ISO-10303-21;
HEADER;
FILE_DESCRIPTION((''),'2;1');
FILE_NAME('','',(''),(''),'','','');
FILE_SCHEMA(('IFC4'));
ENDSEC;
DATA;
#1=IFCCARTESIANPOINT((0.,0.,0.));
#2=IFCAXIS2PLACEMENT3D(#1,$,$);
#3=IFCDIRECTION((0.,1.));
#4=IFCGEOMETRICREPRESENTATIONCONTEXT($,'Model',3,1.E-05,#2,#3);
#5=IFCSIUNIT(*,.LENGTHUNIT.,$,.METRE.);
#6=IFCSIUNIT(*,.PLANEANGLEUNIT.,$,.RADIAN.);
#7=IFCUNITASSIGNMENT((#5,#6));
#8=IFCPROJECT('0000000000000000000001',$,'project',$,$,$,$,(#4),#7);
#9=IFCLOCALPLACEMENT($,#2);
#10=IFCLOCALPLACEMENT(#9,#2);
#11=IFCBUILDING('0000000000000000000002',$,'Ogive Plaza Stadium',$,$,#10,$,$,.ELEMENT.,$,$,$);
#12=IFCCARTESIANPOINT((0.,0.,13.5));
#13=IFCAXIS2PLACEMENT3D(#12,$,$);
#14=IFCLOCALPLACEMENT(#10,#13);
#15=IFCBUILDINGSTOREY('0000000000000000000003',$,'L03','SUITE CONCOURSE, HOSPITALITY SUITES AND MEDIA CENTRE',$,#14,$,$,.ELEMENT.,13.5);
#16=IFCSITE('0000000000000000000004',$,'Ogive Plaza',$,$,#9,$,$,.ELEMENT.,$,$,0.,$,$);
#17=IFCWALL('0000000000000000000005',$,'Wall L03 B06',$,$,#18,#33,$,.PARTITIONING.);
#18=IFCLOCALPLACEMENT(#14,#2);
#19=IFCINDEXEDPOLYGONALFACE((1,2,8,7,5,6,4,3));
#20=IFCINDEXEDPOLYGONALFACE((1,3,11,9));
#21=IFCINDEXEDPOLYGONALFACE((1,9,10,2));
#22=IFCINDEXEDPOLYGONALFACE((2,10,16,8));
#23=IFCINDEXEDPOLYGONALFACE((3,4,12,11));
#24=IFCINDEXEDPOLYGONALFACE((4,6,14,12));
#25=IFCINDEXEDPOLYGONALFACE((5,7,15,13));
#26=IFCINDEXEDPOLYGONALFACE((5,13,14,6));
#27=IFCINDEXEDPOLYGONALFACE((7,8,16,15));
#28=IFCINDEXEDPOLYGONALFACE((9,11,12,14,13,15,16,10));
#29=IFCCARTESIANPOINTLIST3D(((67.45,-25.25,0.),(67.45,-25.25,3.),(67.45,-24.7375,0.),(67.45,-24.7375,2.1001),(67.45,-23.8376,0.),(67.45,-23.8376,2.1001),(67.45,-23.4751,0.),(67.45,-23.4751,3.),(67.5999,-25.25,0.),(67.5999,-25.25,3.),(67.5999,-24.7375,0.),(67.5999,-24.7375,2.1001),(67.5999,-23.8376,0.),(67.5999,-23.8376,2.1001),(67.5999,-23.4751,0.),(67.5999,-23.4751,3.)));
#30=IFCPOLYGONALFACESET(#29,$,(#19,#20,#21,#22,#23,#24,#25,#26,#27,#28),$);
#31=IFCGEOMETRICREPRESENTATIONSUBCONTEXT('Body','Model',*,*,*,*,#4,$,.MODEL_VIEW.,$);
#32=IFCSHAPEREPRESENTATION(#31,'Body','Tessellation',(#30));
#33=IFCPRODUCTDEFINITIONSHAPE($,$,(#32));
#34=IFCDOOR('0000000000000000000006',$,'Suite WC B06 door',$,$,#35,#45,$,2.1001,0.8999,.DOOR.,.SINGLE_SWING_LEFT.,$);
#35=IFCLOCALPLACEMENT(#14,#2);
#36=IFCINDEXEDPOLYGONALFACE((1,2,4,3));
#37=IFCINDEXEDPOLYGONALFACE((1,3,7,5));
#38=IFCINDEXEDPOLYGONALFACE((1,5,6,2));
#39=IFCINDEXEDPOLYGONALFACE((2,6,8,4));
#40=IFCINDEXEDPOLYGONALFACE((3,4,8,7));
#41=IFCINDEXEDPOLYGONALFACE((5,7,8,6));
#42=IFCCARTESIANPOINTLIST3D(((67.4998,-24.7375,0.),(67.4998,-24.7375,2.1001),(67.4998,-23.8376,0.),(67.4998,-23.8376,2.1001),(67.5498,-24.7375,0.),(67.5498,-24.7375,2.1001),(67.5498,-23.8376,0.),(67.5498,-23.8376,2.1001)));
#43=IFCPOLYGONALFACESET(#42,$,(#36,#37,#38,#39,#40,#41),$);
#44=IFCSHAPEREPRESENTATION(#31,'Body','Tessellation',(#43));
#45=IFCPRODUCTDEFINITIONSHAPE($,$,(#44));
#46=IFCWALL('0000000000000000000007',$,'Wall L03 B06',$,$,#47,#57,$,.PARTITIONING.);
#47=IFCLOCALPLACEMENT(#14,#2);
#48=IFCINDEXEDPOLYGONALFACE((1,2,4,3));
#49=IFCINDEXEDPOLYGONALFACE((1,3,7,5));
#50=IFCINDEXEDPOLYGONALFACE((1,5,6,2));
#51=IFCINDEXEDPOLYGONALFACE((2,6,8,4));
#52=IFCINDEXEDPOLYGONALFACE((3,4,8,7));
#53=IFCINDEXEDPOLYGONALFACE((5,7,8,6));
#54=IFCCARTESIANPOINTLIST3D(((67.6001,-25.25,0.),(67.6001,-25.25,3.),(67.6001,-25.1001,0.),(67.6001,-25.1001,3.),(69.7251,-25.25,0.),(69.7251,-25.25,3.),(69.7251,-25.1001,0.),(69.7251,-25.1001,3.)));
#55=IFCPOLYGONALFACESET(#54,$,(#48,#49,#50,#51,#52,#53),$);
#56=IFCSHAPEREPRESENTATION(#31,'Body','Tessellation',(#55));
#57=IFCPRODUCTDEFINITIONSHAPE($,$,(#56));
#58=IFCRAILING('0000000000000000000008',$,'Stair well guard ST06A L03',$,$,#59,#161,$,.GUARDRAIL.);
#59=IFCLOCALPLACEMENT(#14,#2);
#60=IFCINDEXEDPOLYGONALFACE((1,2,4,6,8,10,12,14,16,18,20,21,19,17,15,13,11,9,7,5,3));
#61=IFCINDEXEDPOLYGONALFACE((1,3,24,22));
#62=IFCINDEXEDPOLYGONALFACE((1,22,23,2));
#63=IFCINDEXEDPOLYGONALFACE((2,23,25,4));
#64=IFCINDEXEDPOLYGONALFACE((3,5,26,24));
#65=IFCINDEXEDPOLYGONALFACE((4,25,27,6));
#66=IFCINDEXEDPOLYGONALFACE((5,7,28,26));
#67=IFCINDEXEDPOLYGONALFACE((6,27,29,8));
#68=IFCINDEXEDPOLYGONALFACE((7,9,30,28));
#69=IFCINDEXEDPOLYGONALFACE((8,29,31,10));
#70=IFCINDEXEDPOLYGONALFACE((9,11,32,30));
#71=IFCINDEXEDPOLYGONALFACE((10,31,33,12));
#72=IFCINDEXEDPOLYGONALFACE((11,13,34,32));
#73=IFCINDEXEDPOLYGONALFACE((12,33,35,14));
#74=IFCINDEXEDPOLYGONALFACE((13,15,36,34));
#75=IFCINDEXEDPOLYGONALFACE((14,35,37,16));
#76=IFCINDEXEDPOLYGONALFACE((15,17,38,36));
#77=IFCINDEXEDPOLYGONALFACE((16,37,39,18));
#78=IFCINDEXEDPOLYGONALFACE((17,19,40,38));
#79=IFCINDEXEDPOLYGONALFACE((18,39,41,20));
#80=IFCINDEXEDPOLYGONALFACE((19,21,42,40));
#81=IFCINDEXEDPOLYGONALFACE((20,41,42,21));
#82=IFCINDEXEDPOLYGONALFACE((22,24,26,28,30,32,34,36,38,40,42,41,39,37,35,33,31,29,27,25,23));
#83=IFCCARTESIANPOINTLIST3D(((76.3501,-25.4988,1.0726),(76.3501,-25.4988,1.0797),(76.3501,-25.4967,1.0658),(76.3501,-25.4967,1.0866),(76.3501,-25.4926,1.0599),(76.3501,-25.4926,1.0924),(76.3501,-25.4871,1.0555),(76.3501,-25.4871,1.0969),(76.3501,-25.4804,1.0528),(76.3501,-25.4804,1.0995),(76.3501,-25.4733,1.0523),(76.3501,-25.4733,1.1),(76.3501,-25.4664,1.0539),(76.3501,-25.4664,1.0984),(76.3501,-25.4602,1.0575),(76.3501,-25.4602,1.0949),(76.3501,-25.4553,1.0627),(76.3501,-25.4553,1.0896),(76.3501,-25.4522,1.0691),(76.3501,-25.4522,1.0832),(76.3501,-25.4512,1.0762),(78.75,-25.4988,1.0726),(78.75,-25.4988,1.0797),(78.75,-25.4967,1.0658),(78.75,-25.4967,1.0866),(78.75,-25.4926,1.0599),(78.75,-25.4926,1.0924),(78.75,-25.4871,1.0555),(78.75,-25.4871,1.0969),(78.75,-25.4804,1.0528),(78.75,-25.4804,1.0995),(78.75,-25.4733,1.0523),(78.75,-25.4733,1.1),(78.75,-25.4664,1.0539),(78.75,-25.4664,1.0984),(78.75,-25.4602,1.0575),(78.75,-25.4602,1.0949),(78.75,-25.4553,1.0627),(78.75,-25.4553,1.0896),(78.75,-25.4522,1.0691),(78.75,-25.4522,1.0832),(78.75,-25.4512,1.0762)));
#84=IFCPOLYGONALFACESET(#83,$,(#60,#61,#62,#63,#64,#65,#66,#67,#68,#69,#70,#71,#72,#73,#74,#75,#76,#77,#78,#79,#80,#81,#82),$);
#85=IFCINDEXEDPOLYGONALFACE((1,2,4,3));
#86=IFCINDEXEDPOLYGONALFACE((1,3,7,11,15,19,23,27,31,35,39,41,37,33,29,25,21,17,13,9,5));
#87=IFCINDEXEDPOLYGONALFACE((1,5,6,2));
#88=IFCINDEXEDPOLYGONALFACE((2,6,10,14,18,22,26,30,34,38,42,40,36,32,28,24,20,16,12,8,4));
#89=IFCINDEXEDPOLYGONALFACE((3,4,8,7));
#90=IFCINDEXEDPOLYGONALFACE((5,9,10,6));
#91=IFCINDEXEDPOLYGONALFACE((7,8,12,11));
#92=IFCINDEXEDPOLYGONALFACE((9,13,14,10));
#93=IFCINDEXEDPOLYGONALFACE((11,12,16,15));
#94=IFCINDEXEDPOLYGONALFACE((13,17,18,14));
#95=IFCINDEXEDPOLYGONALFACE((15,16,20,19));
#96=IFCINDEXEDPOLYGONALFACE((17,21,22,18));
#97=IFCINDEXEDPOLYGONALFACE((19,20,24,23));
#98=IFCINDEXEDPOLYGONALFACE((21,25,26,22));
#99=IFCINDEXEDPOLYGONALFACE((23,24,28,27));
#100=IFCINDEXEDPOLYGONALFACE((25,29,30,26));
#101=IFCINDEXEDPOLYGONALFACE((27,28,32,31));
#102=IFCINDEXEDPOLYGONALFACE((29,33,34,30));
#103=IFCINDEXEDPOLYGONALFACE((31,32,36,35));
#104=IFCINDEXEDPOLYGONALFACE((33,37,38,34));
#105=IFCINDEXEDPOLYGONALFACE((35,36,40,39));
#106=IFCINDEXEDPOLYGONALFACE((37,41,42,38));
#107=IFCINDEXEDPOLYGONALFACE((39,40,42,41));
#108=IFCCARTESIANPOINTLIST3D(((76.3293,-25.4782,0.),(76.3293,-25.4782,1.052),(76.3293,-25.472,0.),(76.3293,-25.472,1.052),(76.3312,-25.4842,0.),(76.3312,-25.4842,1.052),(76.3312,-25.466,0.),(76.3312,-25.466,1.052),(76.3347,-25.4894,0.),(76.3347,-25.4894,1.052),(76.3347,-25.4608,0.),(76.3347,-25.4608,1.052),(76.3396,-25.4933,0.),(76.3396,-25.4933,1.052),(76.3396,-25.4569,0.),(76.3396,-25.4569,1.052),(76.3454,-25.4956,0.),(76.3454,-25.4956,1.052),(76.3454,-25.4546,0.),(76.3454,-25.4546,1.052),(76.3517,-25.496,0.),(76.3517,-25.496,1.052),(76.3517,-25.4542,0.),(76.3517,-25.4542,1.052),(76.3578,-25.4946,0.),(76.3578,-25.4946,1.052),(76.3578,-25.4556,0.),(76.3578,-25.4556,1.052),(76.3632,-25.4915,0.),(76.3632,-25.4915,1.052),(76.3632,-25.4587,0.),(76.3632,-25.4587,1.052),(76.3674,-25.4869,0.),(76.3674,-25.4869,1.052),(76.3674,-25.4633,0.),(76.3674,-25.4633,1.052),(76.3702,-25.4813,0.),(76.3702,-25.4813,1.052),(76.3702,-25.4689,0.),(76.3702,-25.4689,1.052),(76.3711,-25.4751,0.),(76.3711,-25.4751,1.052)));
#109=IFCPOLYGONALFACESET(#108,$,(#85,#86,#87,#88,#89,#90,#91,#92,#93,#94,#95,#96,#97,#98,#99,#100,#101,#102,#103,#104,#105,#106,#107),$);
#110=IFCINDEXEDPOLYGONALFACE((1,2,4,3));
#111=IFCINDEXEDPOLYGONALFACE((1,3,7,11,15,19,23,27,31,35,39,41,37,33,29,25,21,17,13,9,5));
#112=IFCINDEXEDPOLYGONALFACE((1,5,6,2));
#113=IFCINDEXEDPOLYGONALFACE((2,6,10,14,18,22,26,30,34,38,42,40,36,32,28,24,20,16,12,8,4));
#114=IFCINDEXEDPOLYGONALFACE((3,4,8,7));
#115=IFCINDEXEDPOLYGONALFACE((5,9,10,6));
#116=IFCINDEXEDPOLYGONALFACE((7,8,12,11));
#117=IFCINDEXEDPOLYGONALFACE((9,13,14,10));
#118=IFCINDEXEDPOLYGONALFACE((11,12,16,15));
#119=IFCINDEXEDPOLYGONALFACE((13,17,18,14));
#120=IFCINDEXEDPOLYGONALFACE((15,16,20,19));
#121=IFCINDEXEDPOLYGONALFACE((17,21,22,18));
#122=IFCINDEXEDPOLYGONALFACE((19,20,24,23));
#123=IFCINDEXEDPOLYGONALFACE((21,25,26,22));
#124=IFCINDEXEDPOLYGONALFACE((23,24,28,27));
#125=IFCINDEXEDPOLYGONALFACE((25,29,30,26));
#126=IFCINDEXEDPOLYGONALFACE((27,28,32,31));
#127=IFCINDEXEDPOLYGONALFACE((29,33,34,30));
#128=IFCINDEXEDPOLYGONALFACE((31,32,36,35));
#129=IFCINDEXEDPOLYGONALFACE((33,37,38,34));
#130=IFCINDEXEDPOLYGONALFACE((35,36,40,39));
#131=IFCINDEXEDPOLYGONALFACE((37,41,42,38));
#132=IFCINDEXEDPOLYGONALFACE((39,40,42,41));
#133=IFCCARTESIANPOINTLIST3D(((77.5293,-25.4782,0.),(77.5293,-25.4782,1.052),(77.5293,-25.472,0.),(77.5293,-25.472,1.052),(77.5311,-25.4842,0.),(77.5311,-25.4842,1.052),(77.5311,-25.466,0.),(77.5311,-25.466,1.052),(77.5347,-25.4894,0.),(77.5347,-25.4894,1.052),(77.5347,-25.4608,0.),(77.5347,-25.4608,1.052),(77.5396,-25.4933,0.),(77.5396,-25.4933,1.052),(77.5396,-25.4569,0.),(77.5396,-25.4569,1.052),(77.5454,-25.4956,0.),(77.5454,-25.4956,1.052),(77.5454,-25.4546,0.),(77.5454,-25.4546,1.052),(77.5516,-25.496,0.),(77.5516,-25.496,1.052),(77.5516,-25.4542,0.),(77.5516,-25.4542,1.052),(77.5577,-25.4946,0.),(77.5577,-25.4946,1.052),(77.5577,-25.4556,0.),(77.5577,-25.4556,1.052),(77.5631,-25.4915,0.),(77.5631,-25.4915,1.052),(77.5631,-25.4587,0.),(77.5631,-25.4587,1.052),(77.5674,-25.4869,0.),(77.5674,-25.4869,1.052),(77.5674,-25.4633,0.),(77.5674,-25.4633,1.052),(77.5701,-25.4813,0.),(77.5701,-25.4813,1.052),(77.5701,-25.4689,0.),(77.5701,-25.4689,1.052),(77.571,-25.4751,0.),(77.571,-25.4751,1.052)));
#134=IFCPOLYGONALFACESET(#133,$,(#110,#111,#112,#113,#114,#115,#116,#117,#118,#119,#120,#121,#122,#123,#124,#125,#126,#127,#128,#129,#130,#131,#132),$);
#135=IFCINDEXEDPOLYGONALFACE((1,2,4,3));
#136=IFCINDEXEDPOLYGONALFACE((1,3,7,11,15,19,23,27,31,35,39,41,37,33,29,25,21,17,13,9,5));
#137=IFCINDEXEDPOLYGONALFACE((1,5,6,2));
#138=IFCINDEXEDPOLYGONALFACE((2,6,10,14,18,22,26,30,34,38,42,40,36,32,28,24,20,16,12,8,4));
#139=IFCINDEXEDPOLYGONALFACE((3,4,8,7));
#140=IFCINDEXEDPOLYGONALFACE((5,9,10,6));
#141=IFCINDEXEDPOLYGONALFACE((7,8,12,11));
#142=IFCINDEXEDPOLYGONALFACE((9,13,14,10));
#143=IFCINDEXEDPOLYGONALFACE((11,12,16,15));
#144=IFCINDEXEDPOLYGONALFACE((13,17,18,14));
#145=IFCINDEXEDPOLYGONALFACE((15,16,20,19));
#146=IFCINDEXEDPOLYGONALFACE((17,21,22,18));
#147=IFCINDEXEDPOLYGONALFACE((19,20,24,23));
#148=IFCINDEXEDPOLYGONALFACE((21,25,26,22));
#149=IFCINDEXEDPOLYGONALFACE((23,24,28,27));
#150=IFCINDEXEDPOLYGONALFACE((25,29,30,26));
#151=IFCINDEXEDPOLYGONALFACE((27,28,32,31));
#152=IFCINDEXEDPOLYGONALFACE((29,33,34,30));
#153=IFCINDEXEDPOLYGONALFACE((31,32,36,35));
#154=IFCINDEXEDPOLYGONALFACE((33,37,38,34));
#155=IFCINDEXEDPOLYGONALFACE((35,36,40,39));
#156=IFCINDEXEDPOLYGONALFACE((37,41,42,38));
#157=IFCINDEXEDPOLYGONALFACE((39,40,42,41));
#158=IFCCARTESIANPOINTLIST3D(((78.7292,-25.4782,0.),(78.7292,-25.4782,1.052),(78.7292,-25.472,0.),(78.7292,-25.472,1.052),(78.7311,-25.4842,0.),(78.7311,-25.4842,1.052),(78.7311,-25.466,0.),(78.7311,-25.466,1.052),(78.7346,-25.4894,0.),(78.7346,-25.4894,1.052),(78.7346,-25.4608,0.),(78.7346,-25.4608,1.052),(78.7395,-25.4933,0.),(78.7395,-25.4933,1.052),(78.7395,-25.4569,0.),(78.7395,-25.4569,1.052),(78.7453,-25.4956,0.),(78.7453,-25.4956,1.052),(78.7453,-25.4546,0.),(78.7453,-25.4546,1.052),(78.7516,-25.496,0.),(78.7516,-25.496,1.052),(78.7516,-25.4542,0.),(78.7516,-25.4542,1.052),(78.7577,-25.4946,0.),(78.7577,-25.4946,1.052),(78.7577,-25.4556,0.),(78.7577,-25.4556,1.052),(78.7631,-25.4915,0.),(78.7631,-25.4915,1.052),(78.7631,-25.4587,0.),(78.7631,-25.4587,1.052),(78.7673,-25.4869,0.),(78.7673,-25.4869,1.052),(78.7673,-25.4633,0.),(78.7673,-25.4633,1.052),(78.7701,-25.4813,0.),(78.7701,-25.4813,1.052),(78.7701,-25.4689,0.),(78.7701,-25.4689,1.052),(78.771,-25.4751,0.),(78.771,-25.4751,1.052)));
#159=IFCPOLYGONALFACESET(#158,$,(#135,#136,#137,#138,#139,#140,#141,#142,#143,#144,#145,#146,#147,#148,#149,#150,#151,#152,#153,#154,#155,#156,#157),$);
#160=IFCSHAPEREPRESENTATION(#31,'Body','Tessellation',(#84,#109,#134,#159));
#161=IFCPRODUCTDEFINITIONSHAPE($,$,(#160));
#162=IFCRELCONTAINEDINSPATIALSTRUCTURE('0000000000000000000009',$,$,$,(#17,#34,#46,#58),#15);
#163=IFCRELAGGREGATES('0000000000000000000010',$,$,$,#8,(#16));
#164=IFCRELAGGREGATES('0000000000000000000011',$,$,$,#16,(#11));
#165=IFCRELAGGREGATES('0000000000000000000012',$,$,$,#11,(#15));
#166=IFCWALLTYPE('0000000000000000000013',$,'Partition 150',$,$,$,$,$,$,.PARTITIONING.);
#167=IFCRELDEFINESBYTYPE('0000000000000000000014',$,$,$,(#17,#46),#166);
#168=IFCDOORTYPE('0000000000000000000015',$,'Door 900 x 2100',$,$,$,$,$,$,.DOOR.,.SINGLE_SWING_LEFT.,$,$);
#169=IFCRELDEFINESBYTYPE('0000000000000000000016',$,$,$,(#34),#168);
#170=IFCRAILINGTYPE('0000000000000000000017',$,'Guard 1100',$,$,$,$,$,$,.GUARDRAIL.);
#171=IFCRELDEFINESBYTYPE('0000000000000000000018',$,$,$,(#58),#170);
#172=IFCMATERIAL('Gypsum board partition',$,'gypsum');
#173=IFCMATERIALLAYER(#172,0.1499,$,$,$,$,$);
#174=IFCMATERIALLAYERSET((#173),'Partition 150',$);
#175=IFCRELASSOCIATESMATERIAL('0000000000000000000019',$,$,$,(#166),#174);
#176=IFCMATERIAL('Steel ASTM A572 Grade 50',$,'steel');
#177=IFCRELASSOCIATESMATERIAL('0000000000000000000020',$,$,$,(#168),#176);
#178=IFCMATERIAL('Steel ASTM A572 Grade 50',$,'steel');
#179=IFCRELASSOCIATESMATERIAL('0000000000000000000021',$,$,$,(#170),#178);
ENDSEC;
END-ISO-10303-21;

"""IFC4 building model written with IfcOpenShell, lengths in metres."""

from ifc_helpers import new_model, si_unit, direction, frame, frame_2d, origin, origin_2d, place, context, subcontext, project, spatial, rectangle, circle, extrude, material, layer, layer_set, type_object, element, fill, save


model = new_model("IFC4")

# Units and contexts
model_context = context("Model", 3, precision=1e-05, world=origin(), true_north=direction((0.0, 1.0)))
body_context = subcontext(model_context, "Body", "Model", "MODEL_VIEW")
ifc_project = project(units=[si_unit("LENGTHUNIT", "METRE"), si_unit("PLANEANGLEUNIT", "RADIAN")], contexts=[model_context])

# Site, building, storey
site_placement = place(None, origin())
site = spatial("IfcSite", under=ifc_project, at=site_placement, Name="Ogive Plaza", CompositionType="ELEMENT", RefElevation=0.0)
building_placement = place(site_placement, origin())
building = spatial("IfcBuilding", under=site, at=building_placement, Name="Ogive Plaza Stadium", CompositionType="ELEMENT")
storey_placement = place(building_placement, frame((0.0, 0.0, 13.5)))
storey = spatial("IfcBuildingStorey", under=building, at=storey_placement, Name="L03", Description="SUITE CONCOURSE, HOSPITALITY SUITES AND MEDIA CENTRE", CompositionType="ELEMENT", Elevation=13.5)

# Wall, opening, door
ifc_material_1 = material(Name="Gypsum board partition", Category="gypsum")
ifc_layer_1 = layer(ifc_material_1, 0.1499)
ifc_layer_set_1 = layer_set([ifc_layer_1], Name="Partition 150")
wall_type_1 = type_object("IfcWallType", Name="Partition 150", PredefinedType="PARTITIONING", material=ifc_layer_set_1)
wall_1_placement = place(storey_placement, frame((67.5249, -23.4751, 0.0), z_axis=(0.0, 0.0, 1.0), x_axis=(0.0, -1.0, 0.0)))
wall_1 = element("IfcWall", 1, at=wall_1_placement, inside=storey, type_object=wall_type_1, Name="Wall L03 B06", PredefinedType="PARTITIONING", context=body_context, shape_type="SweptSolid", body=[
    extrude(rectangle(XDim=1.7749, YDim=0.1499, at=frame_2d((0.8875, 0.0))), origin(), (0.0, 0.0, 1.0), 3.0),
])
opening_1_placement = place(wall_1_placement, frame((0.3625, 0.0, 0.0)))
opening_1 = element("IfcOpeningElement", 2, at=opening_1_placement, cuts=wall_1, PredefinedType="OPENING", context=body_context, shape_type="SweptSolid", body=[
    extrude(rectangle(XDim=0.8999, YDim=2.1001, at=frame_2d((0.45, 1.05))), frame((0.0, 0.075, 0.0), z_axis=(0.0, -1.0, 0.0), x_axis=(1.0, 0.0, 0.0)), (0.0, 0.0, 1.0), 0.1499),
])
ifc_material_2 = material(Name="Steel ASTM A572 Grade 50", Category="steel")
door_type_1 = type_object("IfcDoorType", Name="Door 900 x 2100", OperationType="SINGLE_SWING_LEFT", PredefinedType="DOOR", material=ifc_material_2)
door_1_placement = place(opening_1_placement, origin())
door_1 = element("IfcDoor", 3, at=door_1_placement, inside=storey, type_object=door_type_1, Name="Suite WC B06 door", OperationType="SINGLE_SWING_LEFT", OverallHeight=2.1001, OverallWidth=0.8999, PredefinedType="DOOR", context=body_context, shape_type="SweptSolid", body=[
    extrude(rectangle(XDim=0.8999, YDim=2.1001, at=frame_2d((0.45, 1.05))), frame((0.0, 0.0249, 0.0), z_axis=(0.0, -1.0, 0.0), x_axis=(1.0, 0.0, 0.0)), (0.0, 0.0, 1.0), 0.05),
])
fill(opening_1, door_1)

# Wall
wall_2_placement = place(storey_placement, frame((67.6001, -25.175, 0.0), z_axis=(0.0, 0.0, 1.0), x_axis=(1.0, 0.0, 0.0)))
element("IfcWall", 4, at=wall_2_placement, inside=storey, type_object=wall_type_1, Name="Wall L03 B06", PredefinedType="PARTITIONING", context=body_context, shape_type="SweptSolid", body=[
    extrude(rectangle(XDim=2.125, YDim=0.1499, at=frame_2d((1.0625, 0.0))), origin(), (0.0, 0.0, 1.0), 3.0),
])

# Railing
ifc_material_3 = material(Name="Steel ASTM A572 Grade 50", Category="steel")
railing_type_1 = type_object("IfcRailingType", Name="Guard 1100", PredefinedType="GUARDRAIL", material=ifc_material_3)
for number, where, name in (
    (5, (76.3501, -25.4751, 0.0), "Stair well guard ST06A L03"),
):
    element("IfcRailing", number, at=place(storey_placement, frame(where)), inside=storey, type_object=railing_type_1, Name=name, PredefinedType="GUARDRAIL", context=body_context, shape_type="SweptSolid", body=[
        extrude(circle(Radius=0.0239, at=origin_2d()), frame((0.0, 0.0, 1.0762), z_axis=(1.0, 0.0, 0.0), x_axis=(0.0, 1.0, 0.0)), (0.0, 0.0, 1.0), 2.3999),
        extrude(circle(Radius=0.021, at=origin_2d()), origin(), (0.0, 0.0, 1.0), 1.052),
        extrude(circle(Radius=0.021, at=origin_2d()), frame((1.2, 0.0, 0.0)), (0.0, 0.0, 1.0), 1.052),
        extrude(circle(Radius=0.021, at=origin_2d()), frame((2.3999, 0.0, 0.0)), (0.0, 0.0, 1.0), 1.052),
    ])

save(model, "model.ifc")
